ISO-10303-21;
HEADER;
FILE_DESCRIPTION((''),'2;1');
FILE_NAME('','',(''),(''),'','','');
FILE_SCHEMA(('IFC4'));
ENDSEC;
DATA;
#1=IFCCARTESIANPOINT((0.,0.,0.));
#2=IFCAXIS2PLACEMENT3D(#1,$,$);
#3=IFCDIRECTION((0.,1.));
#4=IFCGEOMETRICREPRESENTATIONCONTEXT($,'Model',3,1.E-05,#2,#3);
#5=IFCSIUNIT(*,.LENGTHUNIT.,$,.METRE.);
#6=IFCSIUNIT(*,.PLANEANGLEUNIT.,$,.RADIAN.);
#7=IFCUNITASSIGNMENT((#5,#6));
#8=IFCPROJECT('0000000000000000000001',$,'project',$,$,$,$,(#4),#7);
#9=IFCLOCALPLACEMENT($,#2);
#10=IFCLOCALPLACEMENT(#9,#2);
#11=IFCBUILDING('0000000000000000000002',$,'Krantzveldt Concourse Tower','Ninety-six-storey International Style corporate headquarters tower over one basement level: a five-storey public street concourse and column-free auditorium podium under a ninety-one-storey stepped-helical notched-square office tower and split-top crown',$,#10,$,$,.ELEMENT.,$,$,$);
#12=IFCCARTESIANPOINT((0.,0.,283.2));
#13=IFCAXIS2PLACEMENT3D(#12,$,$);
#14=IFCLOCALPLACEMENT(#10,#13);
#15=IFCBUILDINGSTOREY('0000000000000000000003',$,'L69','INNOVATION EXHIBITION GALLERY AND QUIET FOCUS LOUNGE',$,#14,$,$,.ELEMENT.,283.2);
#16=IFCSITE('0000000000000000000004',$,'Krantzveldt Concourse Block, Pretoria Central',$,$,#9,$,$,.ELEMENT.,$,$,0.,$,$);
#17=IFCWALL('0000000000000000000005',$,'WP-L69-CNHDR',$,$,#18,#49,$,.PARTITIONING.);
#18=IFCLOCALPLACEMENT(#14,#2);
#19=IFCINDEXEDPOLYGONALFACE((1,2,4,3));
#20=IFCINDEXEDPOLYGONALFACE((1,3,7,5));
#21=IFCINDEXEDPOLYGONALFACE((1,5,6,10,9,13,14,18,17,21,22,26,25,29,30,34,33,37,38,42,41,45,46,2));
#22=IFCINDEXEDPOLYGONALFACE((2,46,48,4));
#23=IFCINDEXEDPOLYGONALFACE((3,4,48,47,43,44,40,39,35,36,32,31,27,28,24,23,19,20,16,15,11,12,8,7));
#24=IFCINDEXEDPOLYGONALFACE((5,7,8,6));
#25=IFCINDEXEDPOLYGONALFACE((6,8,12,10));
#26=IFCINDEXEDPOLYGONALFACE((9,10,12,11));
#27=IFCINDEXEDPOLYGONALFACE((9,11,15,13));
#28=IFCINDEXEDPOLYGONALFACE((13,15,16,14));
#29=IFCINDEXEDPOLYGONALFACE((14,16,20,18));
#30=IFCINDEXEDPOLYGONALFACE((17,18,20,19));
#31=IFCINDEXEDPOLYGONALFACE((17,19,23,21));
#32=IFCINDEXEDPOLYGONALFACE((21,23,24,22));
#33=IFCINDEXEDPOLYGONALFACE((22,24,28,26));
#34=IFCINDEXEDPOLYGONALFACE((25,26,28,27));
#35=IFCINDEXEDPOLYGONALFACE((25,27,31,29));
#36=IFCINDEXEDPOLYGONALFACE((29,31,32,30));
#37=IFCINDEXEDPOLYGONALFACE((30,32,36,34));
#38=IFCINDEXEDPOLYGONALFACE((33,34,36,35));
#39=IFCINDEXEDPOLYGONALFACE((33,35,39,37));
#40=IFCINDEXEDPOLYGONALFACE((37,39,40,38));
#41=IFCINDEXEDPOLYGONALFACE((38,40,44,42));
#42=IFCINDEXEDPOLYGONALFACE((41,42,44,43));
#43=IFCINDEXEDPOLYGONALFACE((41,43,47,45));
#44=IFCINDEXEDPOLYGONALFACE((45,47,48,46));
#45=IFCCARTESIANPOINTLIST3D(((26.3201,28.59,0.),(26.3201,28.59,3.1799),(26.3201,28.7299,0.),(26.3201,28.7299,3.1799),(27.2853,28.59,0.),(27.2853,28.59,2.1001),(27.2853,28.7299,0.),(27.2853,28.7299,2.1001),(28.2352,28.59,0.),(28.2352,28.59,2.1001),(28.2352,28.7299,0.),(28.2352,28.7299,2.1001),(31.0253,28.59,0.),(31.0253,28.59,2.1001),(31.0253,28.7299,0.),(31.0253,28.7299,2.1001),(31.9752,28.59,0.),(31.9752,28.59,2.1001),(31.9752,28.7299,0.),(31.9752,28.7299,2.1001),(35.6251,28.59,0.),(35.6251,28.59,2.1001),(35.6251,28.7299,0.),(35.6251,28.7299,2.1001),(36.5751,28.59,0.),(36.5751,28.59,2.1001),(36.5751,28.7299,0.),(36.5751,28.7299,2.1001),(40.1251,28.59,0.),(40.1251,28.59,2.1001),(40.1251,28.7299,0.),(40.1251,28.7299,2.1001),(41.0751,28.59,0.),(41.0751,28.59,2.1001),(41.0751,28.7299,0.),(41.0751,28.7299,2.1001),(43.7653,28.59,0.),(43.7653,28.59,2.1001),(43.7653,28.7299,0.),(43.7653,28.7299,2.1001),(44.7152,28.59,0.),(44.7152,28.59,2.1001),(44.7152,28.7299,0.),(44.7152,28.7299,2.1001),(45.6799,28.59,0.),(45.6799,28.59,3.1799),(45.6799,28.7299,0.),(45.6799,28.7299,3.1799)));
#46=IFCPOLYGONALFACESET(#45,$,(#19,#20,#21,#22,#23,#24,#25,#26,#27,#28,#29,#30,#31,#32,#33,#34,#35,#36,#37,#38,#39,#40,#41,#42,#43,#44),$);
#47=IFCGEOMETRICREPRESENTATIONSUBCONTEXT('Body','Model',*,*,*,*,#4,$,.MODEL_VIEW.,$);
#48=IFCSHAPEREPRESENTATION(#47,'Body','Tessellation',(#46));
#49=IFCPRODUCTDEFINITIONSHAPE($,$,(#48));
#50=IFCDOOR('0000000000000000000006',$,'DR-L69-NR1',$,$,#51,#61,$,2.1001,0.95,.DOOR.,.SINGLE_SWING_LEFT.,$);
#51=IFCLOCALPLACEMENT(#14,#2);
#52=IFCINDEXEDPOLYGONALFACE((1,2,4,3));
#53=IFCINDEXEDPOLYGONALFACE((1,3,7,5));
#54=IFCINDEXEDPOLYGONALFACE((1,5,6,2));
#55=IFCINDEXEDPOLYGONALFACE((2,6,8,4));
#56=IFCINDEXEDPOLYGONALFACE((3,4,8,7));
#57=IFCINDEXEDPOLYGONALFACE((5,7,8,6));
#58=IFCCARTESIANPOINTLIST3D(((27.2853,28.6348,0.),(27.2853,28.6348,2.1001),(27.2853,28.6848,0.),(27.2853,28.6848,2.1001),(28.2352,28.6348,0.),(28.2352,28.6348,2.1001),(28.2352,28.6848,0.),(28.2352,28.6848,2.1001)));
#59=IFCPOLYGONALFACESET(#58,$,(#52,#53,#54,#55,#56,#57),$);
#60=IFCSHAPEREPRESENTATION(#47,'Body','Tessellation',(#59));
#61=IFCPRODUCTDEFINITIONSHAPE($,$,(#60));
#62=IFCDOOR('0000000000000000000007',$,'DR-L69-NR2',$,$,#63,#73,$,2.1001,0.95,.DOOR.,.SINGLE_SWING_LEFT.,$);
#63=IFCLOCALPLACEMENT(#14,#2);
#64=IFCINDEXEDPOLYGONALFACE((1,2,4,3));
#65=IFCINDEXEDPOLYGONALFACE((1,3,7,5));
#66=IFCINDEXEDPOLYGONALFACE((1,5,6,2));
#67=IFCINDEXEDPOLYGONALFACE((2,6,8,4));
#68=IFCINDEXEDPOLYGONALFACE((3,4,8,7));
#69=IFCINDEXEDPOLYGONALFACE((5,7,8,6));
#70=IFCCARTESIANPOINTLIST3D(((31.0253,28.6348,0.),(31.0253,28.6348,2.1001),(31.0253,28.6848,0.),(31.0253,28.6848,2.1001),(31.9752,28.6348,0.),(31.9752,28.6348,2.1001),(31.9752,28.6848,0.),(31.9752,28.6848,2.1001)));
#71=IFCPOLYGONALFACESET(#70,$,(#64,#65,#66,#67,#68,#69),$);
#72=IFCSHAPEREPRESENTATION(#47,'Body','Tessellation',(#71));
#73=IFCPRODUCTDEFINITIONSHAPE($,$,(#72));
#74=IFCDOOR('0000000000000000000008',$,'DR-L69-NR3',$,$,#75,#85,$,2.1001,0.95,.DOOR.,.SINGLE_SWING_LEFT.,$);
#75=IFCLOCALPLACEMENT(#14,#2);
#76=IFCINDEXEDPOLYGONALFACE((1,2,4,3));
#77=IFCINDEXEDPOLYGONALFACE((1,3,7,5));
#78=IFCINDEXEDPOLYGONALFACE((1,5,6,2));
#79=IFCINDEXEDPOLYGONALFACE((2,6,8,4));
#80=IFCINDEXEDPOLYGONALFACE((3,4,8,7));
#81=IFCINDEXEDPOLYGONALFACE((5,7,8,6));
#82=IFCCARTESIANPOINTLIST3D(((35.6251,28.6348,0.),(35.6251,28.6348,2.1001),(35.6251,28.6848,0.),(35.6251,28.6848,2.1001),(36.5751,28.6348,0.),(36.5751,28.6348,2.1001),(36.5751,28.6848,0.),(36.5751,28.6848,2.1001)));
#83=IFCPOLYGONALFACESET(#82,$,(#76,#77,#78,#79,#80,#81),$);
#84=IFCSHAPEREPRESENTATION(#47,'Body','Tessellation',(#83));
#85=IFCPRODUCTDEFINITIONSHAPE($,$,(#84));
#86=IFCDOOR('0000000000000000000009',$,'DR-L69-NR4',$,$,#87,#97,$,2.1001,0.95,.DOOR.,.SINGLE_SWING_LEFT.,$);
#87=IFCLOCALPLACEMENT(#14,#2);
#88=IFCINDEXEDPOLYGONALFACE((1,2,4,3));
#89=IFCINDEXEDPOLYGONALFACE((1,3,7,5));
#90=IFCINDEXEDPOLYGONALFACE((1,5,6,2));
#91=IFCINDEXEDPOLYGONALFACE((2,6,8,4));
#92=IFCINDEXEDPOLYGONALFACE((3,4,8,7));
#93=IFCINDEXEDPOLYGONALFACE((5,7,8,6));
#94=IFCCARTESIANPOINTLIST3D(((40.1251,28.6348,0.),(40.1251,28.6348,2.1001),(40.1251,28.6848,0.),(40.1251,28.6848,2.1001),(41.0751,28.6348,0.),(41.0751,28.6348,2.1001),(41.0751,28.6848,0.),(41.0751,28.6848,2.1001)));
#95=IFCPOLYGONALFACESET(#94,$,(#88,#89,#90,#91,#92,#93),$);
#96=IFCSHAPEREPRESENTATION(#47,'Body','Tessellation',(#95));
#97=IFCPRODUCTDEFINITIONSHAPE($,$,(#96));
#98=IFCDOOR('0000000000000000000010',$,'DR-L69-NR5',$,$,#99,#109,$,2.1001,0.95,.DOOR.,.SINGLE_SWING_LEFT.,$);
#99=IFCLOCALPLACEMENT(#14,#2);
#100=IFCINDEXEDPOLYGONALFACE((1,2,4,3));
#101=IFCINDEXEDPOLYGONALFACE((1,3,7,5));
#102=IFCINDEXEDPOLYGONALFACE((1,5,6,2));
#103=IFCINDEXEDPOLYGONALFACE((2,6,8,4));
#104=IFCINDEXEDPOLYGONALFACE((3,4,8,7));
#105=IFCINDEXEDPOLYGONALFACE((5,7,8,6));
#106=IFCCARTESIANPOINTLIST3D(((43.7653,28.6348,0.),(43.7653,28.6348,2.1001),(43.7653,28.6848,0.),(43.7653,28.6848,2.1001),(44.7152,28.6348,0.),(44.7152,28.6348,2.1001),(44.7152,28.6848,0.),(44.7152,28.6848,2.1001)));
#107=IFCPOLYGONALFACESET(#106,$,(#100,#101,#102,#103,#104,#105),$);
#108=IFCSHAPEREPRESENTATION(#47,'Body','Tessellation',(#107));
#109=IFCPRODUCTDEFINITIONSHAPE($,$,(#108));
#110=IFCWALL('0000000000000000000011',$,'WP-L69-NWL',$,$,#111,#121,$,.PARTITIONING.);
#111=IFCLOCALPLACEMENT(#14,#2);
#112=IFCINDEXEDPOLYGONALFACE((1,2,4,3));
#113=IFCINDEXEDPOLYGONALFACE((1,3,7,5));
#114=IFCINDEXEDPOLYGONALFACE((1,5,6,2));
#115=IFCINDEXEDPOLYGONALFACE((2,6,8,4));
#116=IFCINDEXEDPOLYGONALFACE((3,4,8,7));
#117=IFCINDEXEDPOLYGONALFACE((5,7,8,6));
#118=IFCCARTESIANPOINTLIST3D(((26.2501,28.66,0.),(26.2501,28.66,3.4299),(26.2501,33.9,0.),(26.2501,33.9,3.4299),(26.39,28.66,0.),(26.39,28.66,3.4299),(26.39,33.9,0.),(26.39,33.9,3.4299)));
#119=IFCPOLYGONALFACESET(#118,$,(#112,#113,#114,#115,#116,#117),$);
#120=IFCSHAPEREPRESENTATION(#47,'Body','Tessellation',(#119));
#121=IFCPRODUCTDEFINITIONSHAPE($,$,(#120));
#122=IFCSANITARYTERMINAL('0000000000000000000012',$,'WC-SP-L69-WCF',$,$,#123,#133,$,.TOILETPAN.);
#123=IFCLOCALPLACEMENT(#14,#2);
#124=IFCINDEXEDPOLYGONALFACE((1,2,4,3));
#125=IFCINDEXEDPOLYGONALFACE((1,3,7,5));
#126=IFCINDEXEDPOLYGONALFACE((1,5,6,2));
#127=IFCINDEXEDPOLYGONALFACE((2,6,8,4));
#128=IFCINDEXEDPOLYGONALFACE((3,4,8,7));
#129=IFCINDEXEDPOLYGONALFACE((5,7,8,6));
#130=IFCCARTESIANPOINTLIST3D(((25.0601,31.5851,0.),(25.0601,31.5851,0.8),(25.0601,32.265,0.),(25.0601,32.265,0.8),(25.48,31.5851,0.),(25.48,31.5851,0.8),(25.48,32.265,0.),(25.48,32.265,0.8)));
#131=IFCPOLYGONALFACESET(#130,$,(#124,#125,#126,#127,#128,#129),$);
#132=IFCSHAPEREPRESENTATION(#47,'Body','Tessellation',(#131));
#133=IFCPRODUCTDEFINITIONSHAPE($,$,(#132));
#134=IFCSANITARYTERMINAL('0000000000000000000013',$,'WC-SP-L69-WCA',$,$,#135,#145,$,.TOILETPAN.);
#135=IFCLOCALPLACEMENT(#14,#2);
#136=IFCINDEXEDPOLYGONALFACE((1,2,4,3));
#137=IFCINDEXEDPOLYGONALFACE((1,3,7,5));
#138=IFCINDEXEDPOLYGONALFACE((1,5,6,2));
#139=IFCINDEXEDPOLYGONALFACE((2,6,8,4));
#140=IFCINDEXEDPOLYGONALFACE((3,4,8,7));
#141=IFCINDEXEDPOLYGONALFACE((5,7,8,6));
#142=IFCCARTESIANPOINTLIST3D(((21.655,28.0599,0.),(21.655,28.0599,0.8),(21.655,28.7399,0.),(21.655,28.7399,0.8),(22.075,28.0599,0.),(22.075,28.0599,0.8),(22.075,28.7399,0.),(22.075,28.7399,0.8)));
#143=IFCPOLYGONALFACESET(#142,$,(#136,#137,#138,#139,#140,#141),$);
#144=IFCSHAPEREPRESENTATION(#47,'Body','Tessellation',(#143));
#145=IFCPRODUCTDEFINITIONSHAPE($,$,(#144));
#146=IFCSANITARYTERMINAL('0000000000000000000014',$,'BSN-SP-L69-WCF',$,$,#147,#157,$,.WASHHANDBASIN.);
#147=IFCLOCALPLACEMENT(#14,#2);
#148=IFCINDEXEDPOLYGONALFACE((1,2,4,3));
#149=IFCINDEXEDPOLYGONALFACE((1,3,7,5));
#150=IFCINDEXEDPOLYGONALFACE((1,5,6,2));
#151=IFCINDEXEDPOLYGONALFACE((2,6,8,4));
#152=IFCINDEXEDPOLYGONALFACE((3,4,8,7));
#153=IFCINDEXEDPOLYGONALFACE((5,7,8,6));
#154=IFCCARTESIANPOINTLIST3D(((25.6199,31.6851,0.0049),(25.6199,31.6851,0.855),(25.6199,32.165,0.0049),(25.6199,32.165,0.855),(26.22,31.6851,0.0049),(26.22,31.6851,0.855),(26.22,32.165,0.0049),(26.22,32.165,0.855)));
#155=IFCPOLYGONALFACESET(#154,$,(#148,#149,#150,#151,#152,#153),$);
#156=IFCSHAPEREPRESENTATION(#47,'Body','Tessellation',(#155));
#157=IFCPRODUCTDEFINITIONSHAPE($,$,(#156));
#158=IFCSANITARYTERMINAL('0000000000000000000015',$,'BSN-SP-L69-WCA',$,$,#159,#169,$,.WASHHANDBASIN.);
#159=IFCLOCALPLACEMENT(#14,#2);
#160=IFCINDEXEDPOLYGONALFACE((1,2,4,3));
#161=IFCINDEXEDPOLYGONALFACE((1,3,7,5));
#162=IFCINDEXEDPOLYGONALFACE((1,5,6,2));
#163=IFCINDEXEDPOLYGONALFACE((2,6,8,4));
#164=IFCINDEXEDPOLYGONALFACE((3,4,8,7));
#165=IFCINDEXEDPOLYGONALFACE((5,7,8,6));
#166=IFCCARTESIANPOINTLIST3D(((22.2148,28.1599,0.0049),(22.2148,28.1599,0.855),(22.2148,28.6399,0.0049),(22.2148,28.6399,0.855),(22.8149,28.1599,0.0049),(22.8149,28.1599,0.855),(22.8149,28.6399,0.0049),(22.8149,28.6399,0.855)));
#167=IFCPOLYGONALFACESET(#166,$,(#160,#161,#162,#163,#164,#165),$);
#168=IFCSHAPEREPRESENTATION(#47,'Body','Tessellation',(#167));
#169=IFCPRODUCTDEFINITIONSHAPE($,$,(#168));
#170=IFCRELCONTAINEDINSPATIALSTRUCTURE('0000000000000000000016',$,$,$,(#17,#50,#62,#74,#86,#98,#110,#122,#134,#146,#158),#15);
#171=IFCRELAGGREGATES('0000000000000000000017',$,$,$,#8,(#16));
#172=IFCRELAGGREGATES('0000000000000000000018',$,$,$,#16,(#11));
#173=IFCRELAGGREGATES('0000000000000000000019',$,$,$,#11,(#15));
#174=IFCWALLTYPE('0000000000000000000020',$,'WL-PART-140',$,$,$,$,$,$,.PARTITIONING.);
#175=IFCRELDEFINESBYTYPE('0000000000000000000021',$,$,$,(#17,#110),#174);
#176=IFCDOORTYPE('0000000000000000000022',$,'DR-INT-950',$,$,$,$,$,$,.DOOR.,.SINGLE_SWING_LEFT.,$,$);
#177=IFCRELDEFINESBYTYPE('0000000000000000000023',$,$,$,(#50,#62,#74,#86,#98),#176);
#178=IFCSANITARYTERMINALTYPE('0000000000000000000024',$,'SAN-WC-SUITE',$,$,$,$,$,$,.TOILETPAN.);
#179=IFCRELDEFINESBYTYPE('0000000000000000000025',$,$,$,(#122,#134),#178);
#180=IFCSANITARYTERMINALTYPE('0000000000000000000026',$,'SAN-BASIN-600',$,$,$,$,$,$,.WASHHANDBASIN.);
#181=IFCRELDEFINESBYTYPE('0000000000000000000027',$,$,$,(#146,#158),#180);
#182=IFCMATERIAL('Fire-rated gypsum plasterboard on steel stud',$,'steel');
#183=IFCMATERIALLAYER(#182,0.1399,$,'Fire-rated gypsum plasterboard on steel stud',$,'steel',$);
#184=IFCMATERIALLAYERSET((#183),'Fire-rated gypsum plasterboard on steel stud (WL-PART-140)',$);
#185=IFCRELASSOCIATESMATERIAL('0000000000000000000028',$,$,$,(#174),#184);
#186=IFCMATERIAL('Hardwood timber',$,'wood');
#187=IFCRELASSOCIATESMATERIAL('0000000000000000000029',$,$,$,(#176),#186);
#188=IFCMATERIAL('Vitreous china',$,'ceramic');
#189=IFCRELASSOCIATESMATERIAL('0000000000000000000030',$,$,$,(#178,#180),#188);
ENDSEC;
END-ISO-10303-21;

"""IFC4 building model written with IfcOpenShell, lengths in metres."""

from ifc_helpers import new_model, si_unit, direction, frame, frame_2d, origin, origin_2d, place, context, subcontext, project, spatial, rectangle, extrude, source, transform, mapped, material, layer, layer_set, type_object, type_shapes, element, fill, save


model = new_model("IFC4")

# Units and contexts
model_context = context("Model", 3, precision=1e-05, world=origin(), true_north=direction((0.0, 1.0)))
body_context = subcontext(model_context, "Body", "Model", "MODEL_VIEW")
ifc_project = project(units=[si_unit("LENGTHUNIT", "METRE"), si_unit("PLANEANGLEUNIT", "RADIAN")], contexts=[model_context])

# Site, building, storey
site_placement = place(None, origin())
site = spatial("IfcSite", under=ifc_project, at=site_placement, Name="Krantzveldt Concourse Block, Pretoria Central", CompositionType="ELEMENT", RefElevation=0.0)
building_placement = place(site_placement, origin())
building = spatial("IfcBuilding", under=site, at=building_placement, Name="Krantzveldt Concourse Tower", Description="Ninety-six-storey International Style corporate headquarters tower over one basement level: a five-storey public street concourse and column-free auditorium podium under a ninety-one-storey stepped-helical notched-square office tower and split-top crown", CompositionType="ELEMENT")
storey_placement = place(building_placement, frame((0.0, 0.0, 283.2)))
storey = spatial("IfcBuildingStorey", under=building, at=storey_placement, Name="L69", Description="INNOVATION EXHIBITION GALLERY AND QUIET FOCUS LOUNGE", CompositionType="ELEMENT", Elevation=283.2)

# Shared definitions
ifc_material_1 = material(Name="Fire-rated gypsum plasterboard on steel stud", Category="steel")
ifc_material_2 = material(Name="Hardwood timber", Category="wood")

# Wall, openings, doors
ifc_layer_1 = layer(ifc_material_1, 0.1399, Name="Fire-rated gypsum plasterboard on steel stud", Category="steel")
ifc_layer_set_1 = layer_set([ifc_layer_1], Name="Fire-rated gypsum plasterboard on steel stud (WL-PART-140)")
wall_type_1 = type_object("IfcWallType", Name="WL-PART-140", PredefinedType="PARTITIONING", material=ifc_layer_set_1)
wall_1_placement = place(storey_placement, frame((26.3201, 28.6599, 0.0), z_axis=(0.0, 0.0, 1.0), x_axis=(1.0, 0.0, 0.0)))
wall_1 = element("IfcWall", 1, at=wall_1_placement, inside=storey, type_object=wall_type_1, Name="WP-L69-CNHDR", PredefinedType="PARTITIONING", context=body_context, shape_type="SweptSolid", body=[
    extrude(rectangle(XDim=19.3599, YDim=0.1399, at=frame_2d((9.6799, 0.0))), origin(), (0.0, 0.0, 1.0), 3.1799),
])
opening_1_placement = place(wall_1_placement, frame((0.9651, 0.0, 0.0)))
opening_1 = element("IfcOpeningElement", 2, at=opening_1_placement, cuts=wall_1, PredefinedType="OPENING", context=body_context, shape_type="SweptSolid", body=[
    extrude(rectangle(XDim=0.95, YDim=2.1001, at=frame_2d((0.4751, 1.05))), frame((0.0, 0.0801, 0.0), z_axis=(0.0, -1.0, 0.0), x_axis=(1.0, 0.0, 0.0)), (0.0, 0.0, 1.0), 0.1599),
])
opening_2_placement = place(wall_1_placement, frame((4.7051, 0.0, 0.0)))
opening_2 = element("IfcOpeningElement", 3, at=opening_2_placement, cuts=wall_1, PredefinedType="OPENING", context=body_context, shape_type="SweptSolid", body=[
    extrude(rectangle(XDim=0.95, YDim=2.1001, at=frame_2d((0.4751, 1.05))), frame((0.0, 0.0801, 0.0), z_axis=(0.0, -1.0, 0.0), x_axis=(1.0, 0.0, 0.0)), (0.0, 0.0, 1.0), 0.1599),
])
opening_3_placement = place(wall_1_placement, frame((9.3049, 0.0, 0.0)))
opening_3 = element("IfcOpeningElement", 4, at=opening_3_placement, cuts=wall_1, PredefinedType="OPENING", context=body_context, shape_type="SweptSolid", body=[
    extrude(rectangle(XDim=0.95, YDim=2.1001, at=frame_2d((0.4751, 1.05))), frame((0.0, 0.0801, 0.0), z_axis=(0.0, -1.0, 0.0), x_axis=(1.0, 0.0, 0.0)), (0.0, 0.0, 1.0), 0.1599),
])
opening_4_placement = place(wall_1_placement, frame((13.8049, 0.0, 0.0)))
opening_4 = element("IfcOpeningElement", 5, at=opening_4_placement, cuts=wall_1, PredefinedType="OPENING", context=body_context, shape_type="SweptSolid", body=[
    extrude(rectangle(XDim=0.95, YDim=2.1001, at=frame_2d((0.4751, 1.05))), frame((0.0, 0.0801, 0.0), z_axis=(0.0, -1.0, 0.0), x_axis=(1.0, 0.0, 0.0)), (0.0, 0.0, 1.0), 0.1599),
])
opening_5_placement = place(wall_1_placement, frame((17.4451, 0.0, 0.0)))
opening_5 = element("IfcOpeningElement", 6, at=opening_5_placement, cuts=wall_1, PredefinedType="OPENING", context=body_context, shape_type="SweptSolid", body=[
    extrude(rectangle(XDim=0.95, YDim=2.1001, at=frame_2d((0.4751, 1.05))), frame((0.0, 0.0801, 0.0), z_axis=(0.0, -1.0, 0.0), x_axis=(1.0, 0.0, 0.0)), (0.0, 0.0, 1.0), 0.1599),
])
door_type_1 = type_object("IfcDoorType", Name="DR-INT-950", OperationType="SINGLE_SWING_LEFT", PredefinedType="DOOR", material=ifc_material_2)
door_1_placement = place(opening_1_placement, origin())
door_1 = element("IfcDoor", 7, at=door_1_placement, inside=storey, type_object=door_type_1, Name="DR-L69-NR1", OperationType="SINGLE_SWING_LEFT", OverallHeight=2.1001, OverallWidth=0.95, PredefinedType="DOOR", context=body_context, shape_type="SweptSolid", body=[
    extrude(rectangle(XDim=0.95, YDim=2.1001, at=frame_2d((0.4751, 1.05))), frame((0.0, 0.0249, 0.0), z_axis=(0.0, -1.0, 0.0), x_axis=(1.0, 0.0, 0.0)), (0.0, 0.0, 1.0), 0.05),
])
fill(opening_1, door_1)
door_2_placement = place(opening_2_placement, origin())
door_2 = element("IfcDoor", 8, at=door_2_placement, inside=storey, type_object=door_type_1, Name="DR-L69-NR2", OperationType="SINGLE_SWING_LEFT", OverallHeight=2.1001, OverallWidth=0.95, PredefinedType="DOOR", context=body_context, shape_type="SweptSolid", body=[
    extrude(rectangle(XDim=0.95, YDim=2.1001, at=frame_2d((0.4751, 1.05))), frame((0.0, 0.0249, 0.0), z_axis=(0.0, -1.0, 0.0), x_axis=(1.0, 0.0, 0.0)), (0.0, 0.0, 1.0), 0.05),
])
fill(opening_2, door_2)
door_3_placement = place(opening_3_placement, origin())
door_3 = element("IfcDoor", 9, at=door_3_placement, inside=storey, type_object=door_type_1, Name="DR-L69-NR3", OperationType="SINGLE_SWING_LEFT", OverallHeight=2.1001, OverallWidth=0.95, PredefinedType="DOOR", context=body_context, shape_type="SweptSolid", body=[
    extrude(rectangle(XDim=0.95, YDim=2.1001, at=frame_2d((0.4751, 1.05))), frame((0.0, 0.0249, 0.0), z_axis=(0.0, -1.0, 0.0), x_axis=(1.0, 0.0, 0.0)), (0.0, 0.0, 1.0), 0.05),
])
fill(opening_3, door_3)
door_4_placement = place(opening_4_placement, origin())
door_4 = element("IfcDoor", 10, at=door_4_placement, inside=storey, type_object=door_type_1, Name="DR-L69-NR4", OperationType="SINGLE_SWING_LEFT", OverallHeight=2.1001, OverallWidth=0.95, PredefinedType="DOOR", context=body_context, shape_type="SweptSolid", body=[
    extrude(rectangle(XDim=0.95, YDim=2.1001, at=frame_2d((0.4751, 1.05))), frame((0.0, 0.0249, 0.0), z_axis=(0.0, -1.0, 0.0), x_axis=(1.0, 0.0, 0.0)), (0.0, 0.0, 1.0), 0.05),
])
fill(opening_4, door_4)
door_5_placement = place(opening_5_placement, origin())
door_5 = element("IfcDoor", 11, at=door_5_placement, inside=storey, type_object=door_type_1, Name="DR-L69-NR5", OperationType="SINGLE_SWING_LEFT", OverallHeight=2.1001, OverallWidth=0.95, PredefinedType="DOOR", context=body_context, shape_type="SweptSolid", body=[
    extrude(rectangle(XDim=0.95, YDim=2.1001, at=frame_2d((0.4751, 1.05))), frame((0.0, 0.0249, 0.0), z_axis=(0.0, -1.0, 0.0), x_axis=(1.0, 0.0, 0.0)), (0.0, 0.0, 1.0), 0.05),
])
fill(opening_5, door_5)

# Wall
wall_2_placement = place(storey_placement, frame((26.3201, 28.6599, 0.0), z_axis=(0.0, 0.0, 1.0), x_axis=(0.0, 1.0, 0.0)))
element("IfcWall", 12, at=wall_2_placement, inside=storey, type_object=wall_type_1, Name="WP-L69-NWL", PredefinedType="PARTITIONING", context=body_context, shape_type="SweptSolid", body=[
    extrude(rectangle(XDim=5.24, YDim=0.1399, at=frame_2d((2.6201, 0.0))), origin(), (0.0, 0.0, 1.0), 3.4299),
])

# Sanitary terminals
ifc_material_3 = material(Name="Vitreous china", Category="ceramic")
sanitary_terminal_type_1 = type_object("IfcSanitaryTerminalType", Name="SAN-WC-SUITE", PredefinedType="TOILETPAN", material=ifc_material_3)
shared_shape_1 = source(origin(), body_context, "Body", "SweptSolid", [
    extrude(rectangle(XDim=0.4199, YDim=0.6799, at=origin_2d()), origin(), (0.0, 0.0, 1.0), 0.8),
])
type_shapes(sanitary_terminal_type_1, [shared_shape_1])
for number, where, z_axis, x_axis, name in (
    (13, (25.27, 31.925, 0.0), (0.0, 0.0, 1.0), (1.0, 0.0, 0.0), "WC-SP-L69-WCF"),
    (14, (21.865, 28.3999, 0.0), (0.0, 0.0, 1.0), (1.0, 0.0, 0.0), "WC-SP-L69-WCA"),
):
    element("IfcSanitaryTerminal", number, at=place(storey_placement, frame(where, z_axis=z_axis, x_axis=x_axis)), inside=storey, type_object=sanitary_terminal_type_1, Name=name, PredefinedType="TOILETPAN", context=body_context, shape_type="MappedRepresentation", body=[
        mapped(shared_shape_1, transform((0.0, 0.0, 0.0), x_axis=(1.0, 0.0, 0.0), y_axis=(0.0, 1.0, 0.0), z_axis=(0.0, 0.0, 1.0), scale=1.0)),
    ])
sanitary_terminal_type_2 = type_object("IfcSanitaryTerminalType", Name="SAN-BASIN-600", PredefinedType="WASHHANDBASIN", material=ifc_material_3)
shared_shape_2 = source(origin(), body_context, "Body", "SweptSolid", [
    extrude(rectangle(XDim=0.6001, YDim=0.48, at=origin_2d()), origin(), (0.0, 0.0, 1.0), 0.8501),
])
type_shapes(sanitary_terminal_type_2, [shared_shape_2])
for number, where, z_axis, x_axis, name in (
    (15, (25.9199, 31.925, 0.0049), (0.0, 0.0, 1.0), (1.0, 0.0, 0.0), "BSN-SP-L69-WCF"),
    (16, (22.5149, 28.3999, 0.0049), (0.0, 0.0, 1.0), (1.0, 0.0, 0.0), "BSN-SP-L69-WCA"),
):
    element("IfcSanitaryTerminal", number, at=place(storey_placement, frame(where, z_axis=z_axis, x_axis=x_axis)), inside=storey, type_object=sanitary_terminal_type_2, Name=name, PredefinedType="WASHHANDBASIN", context=body_context, shape_type="MappedRepresentation", body=[
        mapped(shared_shape_2, transform((0.0, 0.0, 0.0), x_axis=(1.0, 0.0, 0.0), y_axis=(0.0, 1.0, 0.0), z_axis=(0.0, 0.0, 1.0), scale=1.0)),
    ])

save(model, "model.ifc")
